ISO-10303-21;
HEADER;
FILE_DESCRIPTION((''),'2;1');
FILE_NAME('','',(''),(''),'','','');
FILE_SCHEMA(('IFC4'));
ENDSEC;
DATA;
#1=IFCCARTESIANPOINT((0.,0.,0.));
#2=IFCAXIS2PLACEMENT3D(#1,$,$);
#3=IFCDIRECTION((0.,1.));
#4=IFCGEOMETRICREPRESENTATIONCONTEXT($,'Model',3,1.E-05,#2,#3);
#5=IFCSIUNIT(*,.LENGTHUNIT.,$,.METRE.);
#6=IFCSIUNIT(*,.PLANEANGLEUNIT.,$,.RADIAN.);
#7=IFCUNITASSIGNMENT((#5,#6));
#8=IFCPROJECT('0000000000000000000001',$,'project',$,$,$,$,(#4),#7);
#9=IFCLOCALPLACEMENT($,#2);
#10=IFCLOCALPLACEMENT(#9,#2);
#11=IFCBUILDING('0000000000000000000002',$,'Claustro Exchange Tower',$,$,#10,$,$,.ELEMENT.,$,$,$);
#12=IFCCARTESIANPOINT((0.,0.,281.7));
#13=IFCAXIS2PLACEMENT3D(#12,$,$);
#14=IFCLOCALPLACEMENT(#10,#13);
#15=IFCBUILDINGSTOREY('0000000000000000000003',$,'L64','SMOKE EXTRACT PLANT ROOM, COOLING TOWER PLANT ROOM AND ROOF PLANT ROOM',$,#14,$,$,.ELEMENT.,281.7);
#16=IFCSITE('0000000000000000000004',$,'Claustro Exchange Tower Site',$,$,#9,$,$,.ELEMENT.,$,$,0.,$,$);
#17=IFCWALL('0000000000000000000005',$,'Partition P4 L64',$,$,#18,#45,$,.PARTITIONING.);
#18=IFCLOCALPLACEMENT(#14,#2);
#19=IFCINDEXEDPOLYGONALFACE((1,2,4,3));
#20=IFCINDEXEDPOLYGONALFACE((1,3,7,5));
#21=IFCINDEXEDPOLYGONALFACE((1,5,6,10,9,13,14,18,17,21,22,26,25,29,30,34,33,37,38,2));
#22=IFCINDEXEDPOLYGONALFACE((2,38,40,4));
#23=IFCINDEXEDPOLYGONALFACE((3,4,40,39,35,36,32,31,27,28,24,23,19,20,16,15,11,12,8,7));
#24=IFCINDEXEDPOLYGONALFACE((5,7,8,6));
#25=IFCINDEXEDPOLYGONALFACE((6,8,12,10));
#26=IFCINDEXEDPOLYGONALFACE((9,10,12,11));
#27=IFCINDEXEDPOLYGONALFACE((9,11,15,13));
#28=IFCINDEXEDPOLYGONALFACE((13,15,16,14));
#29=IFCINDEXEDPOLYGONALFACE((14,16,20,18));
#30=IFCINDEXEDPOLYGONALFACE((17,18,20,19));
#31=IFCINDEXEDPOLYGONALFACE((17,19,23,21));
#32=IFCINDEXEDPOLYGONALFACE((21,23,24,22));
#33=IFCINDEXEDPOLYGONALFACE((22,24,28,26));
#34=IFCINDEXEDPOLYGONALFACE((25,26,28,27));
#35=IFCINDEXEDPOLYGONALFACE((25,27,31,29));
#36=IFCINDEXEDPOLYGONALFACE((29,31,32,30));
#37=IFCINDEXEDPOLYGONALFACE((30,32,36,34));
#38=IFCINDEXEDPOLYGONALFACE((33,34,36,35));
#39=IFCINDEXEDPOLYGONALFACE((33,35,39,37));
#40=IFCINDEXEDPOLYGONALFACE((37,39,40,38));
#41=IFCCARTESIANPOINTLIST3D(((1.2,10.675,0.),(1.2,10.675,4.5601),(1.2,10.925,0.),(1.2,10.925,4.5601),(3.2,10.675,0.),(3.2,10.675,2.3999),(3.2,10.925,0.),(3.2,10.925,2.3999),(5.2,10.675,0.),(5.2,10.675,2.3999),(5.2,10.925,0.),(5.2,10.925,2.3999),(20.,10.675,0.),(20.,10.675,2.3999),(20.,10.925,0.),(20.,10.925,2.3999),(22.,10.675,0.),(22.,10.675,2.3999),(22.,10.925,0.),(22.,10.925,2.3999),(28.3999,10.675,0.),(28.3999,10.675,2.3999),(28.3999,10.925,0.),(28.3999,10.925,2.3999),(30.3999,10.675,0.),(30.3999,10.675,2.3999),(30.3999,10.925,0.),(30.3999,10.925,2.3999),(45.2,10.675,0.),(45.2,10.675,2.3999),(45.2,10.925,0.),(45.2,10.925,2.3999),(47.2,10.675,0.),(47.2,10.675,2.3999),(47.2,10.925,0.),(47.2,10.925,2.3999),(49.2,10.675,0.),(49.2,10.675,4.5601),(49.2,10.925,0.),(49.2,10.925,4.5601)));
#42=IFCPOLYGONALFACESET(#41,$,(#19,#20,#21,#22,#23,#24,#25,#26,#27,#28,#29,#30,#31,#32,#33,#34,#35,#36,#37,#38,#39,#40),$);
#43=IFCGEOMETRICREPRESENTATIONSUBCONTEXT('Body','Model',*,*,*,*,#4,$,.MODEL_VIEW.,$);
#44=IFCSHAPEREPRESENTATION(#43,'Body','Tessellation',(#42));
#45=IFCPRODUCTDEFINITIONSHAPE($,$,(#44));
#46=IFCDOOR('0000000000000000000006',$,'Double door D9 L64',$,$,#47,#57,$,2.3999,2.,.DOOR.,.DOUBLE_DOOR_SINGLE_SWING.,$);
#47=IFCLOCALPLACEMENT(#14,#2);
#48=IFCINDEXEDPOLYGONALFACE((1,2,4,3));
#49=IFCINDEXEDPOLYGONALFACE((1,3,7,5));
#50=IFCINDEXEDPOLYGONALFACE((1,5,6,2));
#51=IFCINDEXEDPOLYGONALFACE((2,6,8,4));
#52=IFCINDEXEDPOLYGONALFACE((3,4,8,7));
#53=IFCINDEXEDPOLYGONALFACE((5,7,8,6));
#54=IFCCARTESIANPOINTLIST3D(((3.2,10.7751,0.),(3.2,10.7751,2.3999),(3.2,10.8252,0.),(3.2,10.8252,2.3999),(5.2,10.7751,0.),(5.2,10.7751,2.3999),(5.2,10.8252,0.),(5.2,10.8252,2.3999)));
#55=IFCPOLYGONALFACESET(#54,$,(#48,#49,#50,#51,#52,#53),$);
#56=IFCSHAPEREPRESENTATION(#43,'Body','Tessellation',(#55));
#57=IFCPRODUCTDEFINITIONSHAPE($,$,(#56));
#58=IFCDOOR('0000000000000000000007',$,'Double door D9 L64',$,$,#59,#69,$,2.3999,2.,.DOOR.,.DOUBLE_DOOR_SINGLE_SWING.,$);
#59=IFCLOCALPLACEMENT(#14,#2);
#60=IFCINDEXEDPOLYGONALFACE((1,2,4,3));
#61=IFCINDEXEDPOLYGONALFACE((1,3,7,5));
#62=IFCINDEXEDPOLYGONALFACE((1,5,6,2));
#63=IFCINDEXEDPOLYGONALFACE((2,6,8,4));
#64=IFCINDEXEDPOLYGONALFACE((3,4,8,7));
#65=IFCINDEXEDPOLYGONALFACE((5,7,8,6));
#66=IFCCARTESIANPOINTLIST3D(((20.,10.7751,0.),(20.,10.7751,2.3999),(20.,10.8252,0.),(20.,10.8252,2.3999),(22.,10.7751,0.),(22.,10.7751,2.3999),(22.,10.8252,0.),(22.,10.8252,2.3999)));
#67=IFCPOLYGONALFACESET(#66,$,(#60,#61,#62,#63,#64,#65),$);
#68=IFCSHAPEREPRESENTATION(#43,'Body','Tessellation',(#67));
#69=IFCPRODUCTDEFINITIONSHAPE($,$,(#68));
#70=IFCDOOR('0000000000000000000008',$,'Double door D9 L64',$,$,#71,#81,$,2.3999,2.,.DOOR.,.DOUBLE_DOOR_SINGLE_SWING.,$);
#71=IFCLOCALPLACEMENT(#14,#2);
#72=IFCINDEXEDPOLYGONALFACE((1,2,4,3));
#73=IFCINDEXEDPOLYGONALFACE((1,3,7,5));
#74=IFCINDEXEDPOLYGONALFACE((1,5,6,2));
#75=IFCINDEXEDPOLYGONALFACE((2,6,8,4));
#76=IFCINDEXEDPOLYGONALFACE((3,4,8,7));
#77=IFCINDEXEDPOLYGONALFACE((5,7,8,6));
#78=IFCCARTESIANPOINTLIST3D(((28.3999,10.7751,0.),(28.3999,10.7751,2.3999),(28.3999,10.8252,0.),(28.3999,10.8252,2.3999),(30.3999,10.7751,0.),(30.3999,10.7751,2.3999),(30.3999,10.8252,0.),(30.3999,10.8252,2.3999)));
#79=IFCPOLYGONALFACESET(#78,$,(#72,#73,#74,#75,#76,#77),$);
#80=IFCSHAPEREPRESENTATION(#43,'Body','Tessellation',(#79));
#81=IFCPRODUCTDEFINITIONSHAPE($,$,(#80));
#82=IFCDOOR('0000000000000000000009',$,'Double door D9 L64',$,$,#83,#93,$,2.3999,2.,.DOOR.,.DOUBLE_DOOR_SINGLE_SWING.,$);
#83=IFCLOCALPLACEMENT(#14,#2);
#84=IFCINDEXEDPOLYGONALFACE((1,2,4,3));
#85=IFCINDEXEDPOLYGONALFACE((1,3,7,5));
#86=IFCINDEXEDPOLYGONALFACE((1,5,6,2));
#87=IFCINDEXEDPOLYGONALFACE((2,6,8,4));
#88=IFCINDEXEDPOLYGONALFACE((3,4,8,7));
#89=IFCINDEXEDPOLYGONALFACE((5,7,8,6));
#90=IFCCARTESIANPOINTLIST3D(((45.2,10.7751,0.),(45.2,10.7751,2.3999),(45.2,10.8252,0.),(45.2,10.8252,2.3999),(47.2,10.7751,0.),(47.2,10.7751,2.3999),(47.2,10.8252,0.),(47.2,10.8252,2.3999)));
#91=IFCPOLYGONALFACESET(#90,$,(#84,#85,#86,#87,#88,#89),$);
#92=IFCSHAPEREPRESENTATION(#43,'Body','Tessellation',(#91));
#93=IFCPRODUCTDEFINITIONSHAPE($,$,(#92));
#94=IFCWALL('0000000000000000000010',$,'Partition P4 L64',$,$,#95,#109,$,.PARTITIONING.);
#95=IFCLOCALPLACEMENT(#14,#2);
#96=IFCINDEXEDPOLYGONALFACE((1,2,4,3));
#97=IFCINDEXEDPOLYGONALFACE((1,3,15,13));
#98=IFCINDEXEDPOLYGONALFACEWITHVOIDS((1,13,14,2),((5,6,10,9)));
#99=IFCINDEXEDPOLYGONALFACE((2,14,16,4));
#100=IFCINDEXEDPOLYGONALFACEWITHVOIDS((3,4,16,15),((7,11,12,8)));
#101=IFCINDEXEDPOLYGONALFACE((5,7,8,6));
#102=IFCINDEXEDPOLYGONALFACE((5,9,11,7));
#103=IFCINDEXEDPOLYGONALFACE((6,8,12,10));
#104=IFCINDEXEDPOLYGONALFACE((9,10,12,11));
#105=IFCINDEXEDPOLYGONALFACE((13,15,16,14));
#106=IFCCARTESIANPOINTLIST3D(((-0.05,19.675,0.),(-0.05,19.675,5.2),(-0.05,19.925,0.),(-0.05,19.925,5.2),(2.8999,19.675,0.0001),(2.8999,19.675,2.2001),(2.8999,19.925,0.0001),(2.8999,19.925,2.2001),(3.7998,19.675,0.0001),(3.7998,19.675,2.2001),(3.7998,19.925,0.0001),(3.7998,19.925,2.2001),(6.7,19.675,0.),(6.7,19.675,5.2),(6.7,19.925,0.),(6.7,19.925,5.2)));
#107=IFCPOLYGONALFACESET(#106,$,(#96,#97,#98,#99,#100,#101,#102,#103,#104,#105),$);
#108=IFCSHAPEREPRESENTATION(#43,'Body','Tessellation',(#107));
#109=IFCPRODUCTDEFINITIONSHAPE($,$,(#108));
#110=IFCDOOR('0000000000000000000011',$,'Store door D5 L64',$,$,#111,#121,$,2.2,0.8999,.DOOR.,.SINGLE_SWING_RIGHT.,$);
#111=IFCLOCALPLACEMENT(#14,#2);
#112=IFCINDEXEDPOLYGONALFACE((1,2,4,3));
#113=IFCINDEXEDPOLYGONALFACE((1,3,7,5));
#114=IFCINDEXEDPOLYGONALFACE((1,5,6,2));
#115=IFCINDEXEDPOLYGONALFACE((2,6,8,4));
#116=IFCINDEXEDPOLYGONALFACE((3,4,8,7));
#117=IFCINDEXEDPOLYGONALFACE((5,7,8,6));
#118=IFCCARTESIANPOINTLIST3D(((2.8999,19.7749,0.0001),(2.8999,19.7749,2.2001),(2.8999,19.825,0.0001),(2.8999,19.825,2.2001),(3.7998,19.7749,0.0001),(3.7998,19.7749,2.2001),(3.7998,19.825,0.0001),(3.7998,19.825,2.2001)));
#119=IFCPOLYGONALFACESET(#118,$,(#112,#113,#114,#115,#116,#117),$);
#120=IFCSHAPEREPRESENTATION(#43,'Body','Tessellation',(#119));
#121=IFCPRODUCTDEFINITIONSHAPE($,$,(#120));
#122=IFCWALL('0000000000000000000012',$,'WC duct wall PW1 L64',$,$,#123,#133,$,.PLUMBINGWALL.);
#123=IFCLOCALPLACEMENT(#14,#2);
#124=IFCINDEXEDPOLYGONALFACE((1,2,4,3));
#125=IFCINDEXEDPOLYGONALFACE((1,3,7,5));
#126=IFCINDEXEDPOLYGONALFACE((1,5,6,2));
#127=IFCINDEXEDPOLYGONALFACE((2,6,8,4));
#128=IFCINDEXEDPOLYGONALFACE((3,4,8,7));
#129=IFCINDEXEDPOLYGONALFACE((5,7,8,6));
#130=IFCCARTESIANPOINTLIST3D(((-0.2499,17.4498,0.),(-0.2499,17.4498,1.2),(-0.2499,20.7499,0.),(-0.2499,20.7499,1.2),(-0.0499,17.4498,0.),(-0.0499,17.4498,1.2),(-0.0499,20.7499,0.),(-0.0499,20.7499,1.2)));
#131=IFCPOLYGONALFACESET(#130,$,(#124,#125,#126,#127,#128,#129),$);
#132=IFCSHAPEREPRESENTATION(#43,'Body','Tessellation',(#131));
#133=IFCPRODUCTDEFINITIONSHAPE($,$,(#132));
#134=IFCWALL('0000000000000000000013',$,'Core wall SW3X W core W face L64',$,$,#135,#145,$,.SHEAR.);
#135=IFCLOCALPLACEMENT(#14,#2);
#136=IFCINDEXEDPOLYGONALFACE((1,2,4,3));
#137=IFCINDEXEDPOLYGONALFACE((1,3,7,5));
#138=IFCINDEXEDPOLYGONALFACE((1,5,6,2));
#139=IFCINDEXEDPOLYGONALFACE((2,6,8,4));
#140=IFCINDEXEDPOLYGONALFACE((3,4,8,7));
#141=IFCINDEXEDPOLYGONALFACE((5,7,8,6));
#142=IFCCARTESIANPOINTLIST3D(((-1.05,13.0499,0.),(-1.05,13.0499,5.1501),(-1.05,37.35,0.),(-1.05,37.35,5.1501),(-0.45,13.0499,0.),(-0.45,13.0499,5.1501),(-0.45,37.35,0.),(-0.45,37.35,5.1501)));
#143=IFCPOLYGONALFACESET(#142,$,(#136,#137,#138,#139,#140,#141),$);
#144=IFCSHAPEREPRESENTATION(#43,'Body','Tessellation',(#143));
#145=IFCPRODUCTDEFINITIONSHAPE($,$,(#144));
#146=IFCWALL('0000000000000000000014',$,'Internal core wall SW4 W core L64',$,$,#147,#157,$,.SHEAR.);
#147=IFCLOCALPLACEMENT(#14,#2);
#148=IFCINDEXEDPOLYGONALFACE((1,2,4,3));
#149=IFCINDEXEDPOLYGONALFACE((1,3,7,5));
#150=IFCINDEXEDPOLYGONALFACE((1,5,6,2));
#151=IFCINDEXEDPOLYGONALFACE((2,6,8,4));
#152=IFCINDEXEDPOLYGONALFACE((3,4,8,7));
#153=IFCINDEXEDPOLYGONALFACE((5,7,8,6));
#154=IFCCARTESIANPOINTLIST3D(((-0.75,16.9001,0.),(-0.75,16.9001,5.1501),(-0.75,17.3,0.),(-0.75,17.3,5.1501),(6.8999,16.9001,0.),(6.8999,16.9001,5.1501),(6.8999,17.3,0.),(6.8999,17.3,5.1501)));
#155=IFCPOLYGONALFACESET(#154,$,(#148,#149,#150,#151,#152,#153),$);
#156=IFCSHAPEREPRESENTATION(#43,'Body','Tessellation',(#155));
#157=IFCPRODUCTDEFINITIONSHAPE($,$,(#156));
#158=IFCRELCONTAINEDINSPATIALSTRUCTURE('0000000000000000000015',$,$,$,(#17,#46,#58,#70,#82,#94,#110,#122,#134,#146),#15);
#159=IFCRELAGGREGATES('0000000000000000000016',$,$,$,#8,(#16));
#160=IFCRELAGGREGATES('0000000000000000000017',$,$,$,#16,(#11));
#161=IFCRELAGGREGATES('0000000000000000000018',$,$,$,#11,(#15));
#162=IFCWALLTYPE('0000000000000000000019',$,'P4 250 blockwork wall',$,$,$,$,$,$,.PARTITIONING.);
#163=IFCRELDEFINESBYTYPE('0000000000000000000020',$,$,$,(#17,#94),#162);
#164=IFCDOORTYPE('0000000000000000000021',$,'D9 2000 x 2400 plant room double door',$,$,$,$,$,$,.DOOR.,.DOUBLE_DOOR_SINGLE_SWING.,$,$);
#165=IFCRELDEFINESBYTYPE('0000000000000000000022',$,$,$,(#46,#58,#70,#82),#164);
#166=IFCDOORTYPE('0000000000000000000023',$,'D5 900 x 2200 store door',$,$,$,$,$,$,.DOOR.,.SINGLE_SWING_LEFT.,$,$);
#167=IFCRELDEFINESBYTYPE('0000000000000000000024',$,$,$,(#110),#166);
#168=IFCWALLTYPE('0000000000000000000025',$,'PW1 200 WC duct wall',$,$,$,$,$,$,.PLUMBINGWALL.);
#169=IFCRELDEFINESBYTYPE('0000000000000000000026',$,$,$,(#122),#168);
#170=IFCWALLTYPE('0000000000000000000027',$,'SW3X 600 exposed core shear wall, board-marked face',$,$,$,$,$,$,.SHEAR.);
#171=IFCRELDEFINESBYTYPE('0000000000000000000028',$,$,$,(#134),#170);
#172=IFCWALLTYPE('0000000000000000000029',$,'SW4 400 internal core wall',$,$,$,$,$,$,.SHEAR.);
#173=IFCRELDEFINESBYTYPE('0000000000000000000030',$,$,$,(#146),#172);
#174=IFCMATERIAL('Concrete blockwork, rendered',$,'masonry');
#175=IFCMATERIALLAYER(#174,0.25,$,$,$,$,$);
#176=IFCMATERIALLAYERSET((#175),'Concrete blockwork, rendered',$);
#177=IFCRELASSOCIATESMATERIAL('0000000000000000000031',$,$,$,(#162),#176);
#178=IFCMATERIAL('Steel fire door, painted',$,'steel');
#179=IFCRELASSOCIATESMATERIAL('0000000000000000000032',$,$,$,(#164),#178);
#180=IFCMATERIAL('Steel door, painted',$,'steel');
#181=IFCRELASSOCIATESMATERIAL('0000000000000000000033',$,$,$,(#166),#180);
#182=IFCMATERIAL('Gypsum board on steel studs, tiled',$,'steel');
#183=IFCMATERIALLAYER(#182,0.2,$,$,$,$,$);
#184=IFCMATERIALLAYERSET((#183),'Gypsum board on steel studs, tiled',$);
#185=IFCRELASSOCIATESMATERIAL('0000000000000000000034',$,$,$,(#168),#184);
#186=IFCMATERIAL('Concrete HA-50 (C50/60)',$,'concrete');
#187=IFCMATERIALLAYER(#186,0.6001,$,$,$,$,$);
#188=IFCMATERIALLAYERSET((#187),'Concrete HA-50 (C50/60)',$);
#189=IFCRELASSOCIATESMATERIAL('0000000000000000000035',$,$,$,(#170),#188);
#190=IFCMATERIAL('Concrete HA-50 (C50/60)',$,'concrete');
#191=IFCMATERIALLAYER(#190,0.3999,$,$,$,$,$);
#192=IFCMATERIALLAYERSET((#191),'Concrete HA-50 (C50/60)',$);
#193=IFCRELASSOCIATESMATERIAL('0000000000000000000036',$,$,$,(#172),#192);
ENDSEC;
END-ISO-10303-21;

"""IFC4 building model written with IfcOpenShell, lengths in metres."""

from ifc_helpers import new_model, si_unit, direction, frame, frame_2d, origin, place, context, subcontext, project, spatial, rectangle, extrude, material, layer, layer_set, type_object, element, fill, save


model = new_model("IFC4")

# Units and contexts
model_context = context("Model", 3, precision=1e-05, world=origin(), true_north=direction((0.0, 1.0)))
body_context = subcontext(model_context, "Body", "Model", "MODEL_VIEW")
ifc_project = project(units=[si_unit("LENGTHUNIT", "METRE"), si_unit("PLANEANGLEUNIT", "RADIAN")], contexts=[model_context])

# Site, building, storey
site_placement = place(None, origin())
site = spatial("IfcSite", under=ifc_project, at=site_placement, Name="Claustro Exchange Tower Site", CompositionType="ELEMENT", RefElevation=0.0)
building_placement = place(site_placement, origin())
building = spatial("IfcBuilding", under=site, at=building_placement, Name="Claustro Exchange Tower", CompositionType="ELEMENT")
storey_placement = place(building_placement, frame((0.0, 0.0, 281.7)))
storey = spatial("IfcBuildingStorey", under=building, at=storey_placement, Name="L64", Description="SMOKE EXTRACT PLANT ROOM, COOLING TOWER PLANT ROOM AND ROOF PLANT ROOM", CompositionType="ELEMENT", Elevation=281.7)

# Wall, openings, doors
ifc_material_1 = material(Name="Concrete blockwork, rendered", Category="masonry")
ifc_layer_1 = layer(ifc_material_1, 0.25)
ifc_layer_set_1 = layer_set([ifc_layer_1], Name="Concrete blockwork, rendered")
wall_type_1 = type_object("IfcWallType", Name="P4 250 blockwork wall", PredefinedType="PARTITIONING", material=ifc_layer_set_1)
wall_1_placement = place(storey_placement, frame((1.2, 10.8, 0.0), z_axis=(0.0, 0.0, 1.0), x_axis=(1.0, 0.0, 0.0)))
wall_1 = element("IfcWall", 1, at=wall_1_placement, inside=storey, type_object=wall_type_1, Name="Partition P4 L64", PredefinedType="PARTITIONING", context=body_context, shape_type="SweptSolid", body=[
    extrude(rectangle(XDim=48.0, YDim=0.25, at=frame_2d((24.0, 0.0))), origin(), (0.0, 0.0, 1.0), 4.5601),
])
opening_1_placement = place(wall_1_placement, frame((2.0, 0.0, 0.0)))
opening_1 = element("IfcOpeningElement", 2, at=opening_1_placement, cuts=wall_1, PredefinedType="OPENING", context=body_context, shape_type="SweptSolid", body=[
    extrude(rectangle(XDim=2.0, YDim=2.3999, at=frame_2d((1.0, 1.2))), frame((0.0, 0.135, 0.0), z_axis=(0.0, -1.0, 0.0), x_axis=(1.0, 0.0, 0.0)), (0.0, 0.0, 1.0), 0.27),
])
opening_2_placement = place(wall_1_placement, frame((18.8, 0.0, 0.0)))
opening_2 = element("IfcOpeningElement", 3, at=opening_2_placement, cuts=wall_1, PredefinedType="OPENING", context=body_context, shape_type="SweptSolid", body=[
    extrude(rectangle(XDim=2.0, YDim=2.3999, at=frame_2d((1.0, 1.2))), frame((0.0, 0.135, 0.0), z_axis=(0.0, -1.0, 0.0), x_axis=(1.0, 0.0, 0.0)), (0.0, 0.0, 1.0), 0.27),
])
opening_3_placement = place(wall_1_placement, frame((27.2, 0.0, 0.0)))
opening_3 = element("IfcOpeningElement", 4, at=opening_3_placement, cuts=wall_1, PredefinedType="OPENING", context=body_context, shape_type="SweptSolid", body=[
    extrude(rectangle(XDim=2.0, YDim=2.3999, at=frame_2d((1.0, 1.2))), frame((0.0, 0.135, 0.0), z_axis=(0.0, -1.0, 0.0), x_axis=(1.0, 0.0, 0.0)), (0.0, 0.0, 1.0), 0.27),
])
opening_4_placement = place(wall_1_placement, frame((44.0, 0.0, 0.0)))
opening_4 = element("IfcOpeningElement", 5, at=opening_4_placement, cuts=wall_1, PredefinedType="OPENING", context=body_context, shape_type="SweptSolid", body=[
    extrude(rectangle(XDim=2.0, YDim=2.3999, at=frame_2d((1.0, 1.2))), frame((0.0, 0.135, 0.0), z_axis=(0.0, -1.0, 0.0), x_axis=(1.0, 0.0, 0.0)), (0.0, 0.0, 1.0), 0.27),
])
ifc_material_2 = material(Name="Steel fire door, painted", Category="steel")
door_type_1 = type_object("IfcDoorType", Name="D9 2000 x 2400 plant room double door", OperationType="DOUBLE_DOOR_SINGLE_SWING", PredefinedType="DOOR", material=ifc_material_2)
door_1_placement = place(opening_1_placement, frame((2.0, 0.0, 0.0), z_axis=(0.0, 0.0, 1.0), x_axis=(-1.0, 0.0, 0.0)))
door_1 = element("IfcDoor", 6, at=door_1_placement, inside=storey, type_object=door_type_1, Name="Double door D9 L64", OperationType="DOUBLE_DOOR_SINGLE_SWING", OverallHeight=2.3999, OverallWidth=2.0, PredefinedType="DOOR", context=body_context, shape_type="SweptSolid", body=[
    extrude(rectangle(XDim=2.0, YDim=2.3999, at=frame_2d((1.0, 1.2))), frame((0.0, 0.0249, 0.0), z_axis=(0.0, -1.0, 0.0), x_axis=(1.0, 0.0, 0.0)), (0.0, 0.0, 1.0), 0.05),
])
fill(opening_1, door_1)
door_2_placement = place(opening_2_placement, frame((2.0, 0.0, 0.0), z_axis=(0.0, 0.0, 1.0), x_axis=(-1.0, 0.0, 0.0)))
door_2 = element("IfcDoor", 7, at=door_2_placement, inside=storey, type_object=door_type_1, Name="Double door D9 L64", OperationType="DOUBLE_DOOR_SINGLE_SWING", OverallHeight=2.3999, OverallWidth=2.0, PredefinedType="DOOR", context=body_context, shape_type="SweptSolid", body=[
    extrude(rectangle(XDim=2.0, YDim=2.3999, at=frame_2d((1.0, 1.2))), frame((0.0, 0.0249, 0.0), z_axis=(0.0, -1.0, 0.0), x_axis=(1.0, 0.0, 0.0)), (0.0, 0.0, 1.0), 0.05),
])
fill(opening_2, door_2)
door_3_placement = place(opening_3_placement, frame((2.0, 0.0, 0.0), z_axis=(0.0, 0.0, 1.0), x_axis=(-1.0, 0.0, 0.0)))
door_3 = element("IfcDoor", 8, at=door_3_placement, inside=storey, type_object=door_type_1, Name="Double door D9 L64", OperationType="DOUBLE_DOOR_SINGLE_SWING", OverallHeight=2.3999, OverallWidth=2.0, PredefinedType="DOOR", context=body_context, shape_type="SweptSolid", body=[
    extrude(rectangle(XDim=2.0, YDim=2.3999, at=frame_2d((1.0, 1.2))), frame((0.0, 0.0249, 0.0), z_axis=(0.0, -1.0, 0.0), x_axis=(1.0, 0.0, 0.0)), (0.0, 0.0, 1.0), 0.05),
])
fill(opening_3, door_3)
door_4_placement = place(opening_4_placement, frame((2.0, 0.0, 0.0), z_axis=(0.0, 0.0, 1.0), x_axis=(-1.0, 0.0, 0.0)))
door_4 = element("IfcDoor", 9, at=door_4_placement, inside=storey, type_object=door_type_1, Name="Double door D9 L64", OperationType="DOUBLE_DOOR_SINGLE_SWING", OverallHeight=2.3999, OverallWidth=2.0, PredefinedType="DOOR", context=body_context, shape_type="SweptSolid", body=[
    extrude(rectangle(XDim=2.0, YDim=2.3999, at=frame_2d((1.0, 1.2))), frame((0.0, 0.0249, 0.0), z_axis=(0.0, -1.0, 0.0), x_axis=(1.0, 0.0, 0.0)), (0.0, 0.0, 1.0), 0.05),
])
fill(opening_4, door_4)

# Wall, opening, door
wall_2_placement = place(storey_placement, frame((-0.05, 19.8, 0.0), z_axis=(0.0, 0.0, 1.0), x_axis=(1.0, 0.0, 0.0)))
wall_2 = element("IfcWall", 10, at=wall_2_placement, inside=storey, type_object=wall_type_1, Name="Partition P4 L64", PredefinedType="PARTITIONING", context=body_context, shape_type="SweptSolid", body=[
    extrude(rectangle(XDim=6.75, YDim=0.25, at=frame_2d((3.375, 0.0))), origin(), (0.0, 0.0, 1.0), 5.2),
])
opening_5_placement = place(wall_2_placement, frame((2.95, 0.0, 0.0)))
opening_5 = element("IfcOpeningElement", 11, at=opening_5_placement, cuts=wall_2, PredefinedType="OPENING", context=body_context, shape_type="SweptSolid", body=[
    extrude(rectangle(XDim=0.8999, YDim=2.2, at=frame_2d((0.45, 1.1001))), frame((0.0, 0.135, 0.0), z_axis=(0.0, -1.0, 0.0), x_axis=(1.0, 0.0, 0.0)), (0.0, 0.0, 1.0), 0.27),
])
ifc_material_3 = material(Name="Steel door, painted", Category="steel")
door_type_2 = type_object("IfcDoorType", Name="D5 900 x 2200 store door", OperationType="SINGLE_SWING_LEFT", PredefinedType="DOOR", material=ifc_material_3)
door_5_placement = place(opening_5_placement, origin())
door_5 = element("IfcDoor", 12, at=door_5_placement, inside=storey, type_object=door_type_2, Name="Store door D5 L64", OperationType="SINGLE_SWING_RIGHT", OverallHeight=2.2, OverallWidth=0.8999, PredefinedType="DOOR", context=body_context, shape_type="SweptSolid", body=[
    extrude(rectangle(XDim=0.8999, YDim=2.2, at=frame_2d((0.45, 1.1001))), frame((0.0, 0.0249, 0.0), z_axis=(0.0, -1.0, 0.0), x_axis=(1.0, 0.0, 0.0)), (0.0, 0.0, 1.0), 0.05),
])
fill(opening_5, door_5)

# Wall
ifc_material_4 = material(Name="Gypsum board on steel studs, tiled", Category="steel")
ifc_layer_2 = layer(ifc_material_4, 0.2)
ifc_layer_set_2 = layer_set([ifc_layer_2], Name="Gypsum board on steel studs, tiled")
wall_type_2 = type_object("IfcWallType", Name="PW1 200 WC duct wall", PredefinedType="PLUMBINGWALL", material=ifc_layer_set_2)
wall_3_placement = place(storey_placement, frame((-0.1499, 17.45, 0.0), z_axis=(0.0, 0.0, 1.0), x_axis=(0.0, 1.0, 0.0)))
element("IfcWall", 13, at=wall_3_placement, inside=storey, type_object=wall_type_2, Name="WC duct wall PW1 L64", PredefinedType="PLUMBINGWALL", context=body_context, shape_type="SweptSolid", body=[
    extrude(rectangle(XDim=3.3, YDim=0.2, at=frame_2d((1.6499, 0.0))), origin(), (0.0, 0.0, 1.0), 1.2),
])

# Walls
ifc_material_5 = material(Name="Concrete HA-50 (C50/60)", Category="concrete")
ifc_layer_3 = layer(ifc_material_5, 0.6001)
ifc_layer_set_3 = layer_set([ifc_layer_3], Name="Concrete HA-50 (C50/60)")
wall_type_3 = type_object("IfcWallType", Name="SW3X 600 exposed core shear wall, board-marked face", PredefinedType="SHEAR", material=ifc_layer_set_3)
wall_4_placement = place(storey_placement, frame((-0.75, 13.05, 0.0), z_axis=(0.0, 0.0, 1.0), x_axis=(0.0, 1.0, 0.0)))
element("IfcWall", 14, at=wall_4_placement, inside=storey, type_object=wall_type_3, Name="Core wall SW3X W core W face L64", PredefinedType="SHEAR", context=body_context, shape_type="SweptSolid", body=[
    extrude(rectangle(XDim=24.3, YDim=0.6001, at=frame_2d((12.1499, 0.0))), origin(), (0.0, 0.0, 1.0), 5.1501),
])
ifc_material_6 = material(Name="Concrete HA-50 (C50/60)", Category="concrete")
ifc_layer_4 = layer(ifc_material_6, 0.3999)
ifc_layer_set_4 = layer_set([ifc_layer_4], Name="Concrete HA-50 (C50/60)")
wall_type_4 = type_object("IfcWallType", Name="SW4 400 internal core wall", PredefinedType="SHEAR", material=ifc_layer_set_4)
wall_5_placement = place(storey_placement, frame((-0.75, 17.1001, 0.0), z_axis=(0.0, 0.0, 1.0), x_axis=(1.0, 0.0, 0.0)))
element("IfcWall", 15, at=wall_5_placement, inside=storey, type_object=wall_type_4, Name="Internal core wall SW4 W core L64", PredefinedType="SHEAR", context=body_context, shape_type="SweptSolid", body=[
    extrude(rectangle(XDim=7.6499, YDim=0.3999, at=frame_2d((3.825, 0.0))), origin(), (0.0, 0.0, 1.0), 5.1501),
])

save(model, "model.ifc")
